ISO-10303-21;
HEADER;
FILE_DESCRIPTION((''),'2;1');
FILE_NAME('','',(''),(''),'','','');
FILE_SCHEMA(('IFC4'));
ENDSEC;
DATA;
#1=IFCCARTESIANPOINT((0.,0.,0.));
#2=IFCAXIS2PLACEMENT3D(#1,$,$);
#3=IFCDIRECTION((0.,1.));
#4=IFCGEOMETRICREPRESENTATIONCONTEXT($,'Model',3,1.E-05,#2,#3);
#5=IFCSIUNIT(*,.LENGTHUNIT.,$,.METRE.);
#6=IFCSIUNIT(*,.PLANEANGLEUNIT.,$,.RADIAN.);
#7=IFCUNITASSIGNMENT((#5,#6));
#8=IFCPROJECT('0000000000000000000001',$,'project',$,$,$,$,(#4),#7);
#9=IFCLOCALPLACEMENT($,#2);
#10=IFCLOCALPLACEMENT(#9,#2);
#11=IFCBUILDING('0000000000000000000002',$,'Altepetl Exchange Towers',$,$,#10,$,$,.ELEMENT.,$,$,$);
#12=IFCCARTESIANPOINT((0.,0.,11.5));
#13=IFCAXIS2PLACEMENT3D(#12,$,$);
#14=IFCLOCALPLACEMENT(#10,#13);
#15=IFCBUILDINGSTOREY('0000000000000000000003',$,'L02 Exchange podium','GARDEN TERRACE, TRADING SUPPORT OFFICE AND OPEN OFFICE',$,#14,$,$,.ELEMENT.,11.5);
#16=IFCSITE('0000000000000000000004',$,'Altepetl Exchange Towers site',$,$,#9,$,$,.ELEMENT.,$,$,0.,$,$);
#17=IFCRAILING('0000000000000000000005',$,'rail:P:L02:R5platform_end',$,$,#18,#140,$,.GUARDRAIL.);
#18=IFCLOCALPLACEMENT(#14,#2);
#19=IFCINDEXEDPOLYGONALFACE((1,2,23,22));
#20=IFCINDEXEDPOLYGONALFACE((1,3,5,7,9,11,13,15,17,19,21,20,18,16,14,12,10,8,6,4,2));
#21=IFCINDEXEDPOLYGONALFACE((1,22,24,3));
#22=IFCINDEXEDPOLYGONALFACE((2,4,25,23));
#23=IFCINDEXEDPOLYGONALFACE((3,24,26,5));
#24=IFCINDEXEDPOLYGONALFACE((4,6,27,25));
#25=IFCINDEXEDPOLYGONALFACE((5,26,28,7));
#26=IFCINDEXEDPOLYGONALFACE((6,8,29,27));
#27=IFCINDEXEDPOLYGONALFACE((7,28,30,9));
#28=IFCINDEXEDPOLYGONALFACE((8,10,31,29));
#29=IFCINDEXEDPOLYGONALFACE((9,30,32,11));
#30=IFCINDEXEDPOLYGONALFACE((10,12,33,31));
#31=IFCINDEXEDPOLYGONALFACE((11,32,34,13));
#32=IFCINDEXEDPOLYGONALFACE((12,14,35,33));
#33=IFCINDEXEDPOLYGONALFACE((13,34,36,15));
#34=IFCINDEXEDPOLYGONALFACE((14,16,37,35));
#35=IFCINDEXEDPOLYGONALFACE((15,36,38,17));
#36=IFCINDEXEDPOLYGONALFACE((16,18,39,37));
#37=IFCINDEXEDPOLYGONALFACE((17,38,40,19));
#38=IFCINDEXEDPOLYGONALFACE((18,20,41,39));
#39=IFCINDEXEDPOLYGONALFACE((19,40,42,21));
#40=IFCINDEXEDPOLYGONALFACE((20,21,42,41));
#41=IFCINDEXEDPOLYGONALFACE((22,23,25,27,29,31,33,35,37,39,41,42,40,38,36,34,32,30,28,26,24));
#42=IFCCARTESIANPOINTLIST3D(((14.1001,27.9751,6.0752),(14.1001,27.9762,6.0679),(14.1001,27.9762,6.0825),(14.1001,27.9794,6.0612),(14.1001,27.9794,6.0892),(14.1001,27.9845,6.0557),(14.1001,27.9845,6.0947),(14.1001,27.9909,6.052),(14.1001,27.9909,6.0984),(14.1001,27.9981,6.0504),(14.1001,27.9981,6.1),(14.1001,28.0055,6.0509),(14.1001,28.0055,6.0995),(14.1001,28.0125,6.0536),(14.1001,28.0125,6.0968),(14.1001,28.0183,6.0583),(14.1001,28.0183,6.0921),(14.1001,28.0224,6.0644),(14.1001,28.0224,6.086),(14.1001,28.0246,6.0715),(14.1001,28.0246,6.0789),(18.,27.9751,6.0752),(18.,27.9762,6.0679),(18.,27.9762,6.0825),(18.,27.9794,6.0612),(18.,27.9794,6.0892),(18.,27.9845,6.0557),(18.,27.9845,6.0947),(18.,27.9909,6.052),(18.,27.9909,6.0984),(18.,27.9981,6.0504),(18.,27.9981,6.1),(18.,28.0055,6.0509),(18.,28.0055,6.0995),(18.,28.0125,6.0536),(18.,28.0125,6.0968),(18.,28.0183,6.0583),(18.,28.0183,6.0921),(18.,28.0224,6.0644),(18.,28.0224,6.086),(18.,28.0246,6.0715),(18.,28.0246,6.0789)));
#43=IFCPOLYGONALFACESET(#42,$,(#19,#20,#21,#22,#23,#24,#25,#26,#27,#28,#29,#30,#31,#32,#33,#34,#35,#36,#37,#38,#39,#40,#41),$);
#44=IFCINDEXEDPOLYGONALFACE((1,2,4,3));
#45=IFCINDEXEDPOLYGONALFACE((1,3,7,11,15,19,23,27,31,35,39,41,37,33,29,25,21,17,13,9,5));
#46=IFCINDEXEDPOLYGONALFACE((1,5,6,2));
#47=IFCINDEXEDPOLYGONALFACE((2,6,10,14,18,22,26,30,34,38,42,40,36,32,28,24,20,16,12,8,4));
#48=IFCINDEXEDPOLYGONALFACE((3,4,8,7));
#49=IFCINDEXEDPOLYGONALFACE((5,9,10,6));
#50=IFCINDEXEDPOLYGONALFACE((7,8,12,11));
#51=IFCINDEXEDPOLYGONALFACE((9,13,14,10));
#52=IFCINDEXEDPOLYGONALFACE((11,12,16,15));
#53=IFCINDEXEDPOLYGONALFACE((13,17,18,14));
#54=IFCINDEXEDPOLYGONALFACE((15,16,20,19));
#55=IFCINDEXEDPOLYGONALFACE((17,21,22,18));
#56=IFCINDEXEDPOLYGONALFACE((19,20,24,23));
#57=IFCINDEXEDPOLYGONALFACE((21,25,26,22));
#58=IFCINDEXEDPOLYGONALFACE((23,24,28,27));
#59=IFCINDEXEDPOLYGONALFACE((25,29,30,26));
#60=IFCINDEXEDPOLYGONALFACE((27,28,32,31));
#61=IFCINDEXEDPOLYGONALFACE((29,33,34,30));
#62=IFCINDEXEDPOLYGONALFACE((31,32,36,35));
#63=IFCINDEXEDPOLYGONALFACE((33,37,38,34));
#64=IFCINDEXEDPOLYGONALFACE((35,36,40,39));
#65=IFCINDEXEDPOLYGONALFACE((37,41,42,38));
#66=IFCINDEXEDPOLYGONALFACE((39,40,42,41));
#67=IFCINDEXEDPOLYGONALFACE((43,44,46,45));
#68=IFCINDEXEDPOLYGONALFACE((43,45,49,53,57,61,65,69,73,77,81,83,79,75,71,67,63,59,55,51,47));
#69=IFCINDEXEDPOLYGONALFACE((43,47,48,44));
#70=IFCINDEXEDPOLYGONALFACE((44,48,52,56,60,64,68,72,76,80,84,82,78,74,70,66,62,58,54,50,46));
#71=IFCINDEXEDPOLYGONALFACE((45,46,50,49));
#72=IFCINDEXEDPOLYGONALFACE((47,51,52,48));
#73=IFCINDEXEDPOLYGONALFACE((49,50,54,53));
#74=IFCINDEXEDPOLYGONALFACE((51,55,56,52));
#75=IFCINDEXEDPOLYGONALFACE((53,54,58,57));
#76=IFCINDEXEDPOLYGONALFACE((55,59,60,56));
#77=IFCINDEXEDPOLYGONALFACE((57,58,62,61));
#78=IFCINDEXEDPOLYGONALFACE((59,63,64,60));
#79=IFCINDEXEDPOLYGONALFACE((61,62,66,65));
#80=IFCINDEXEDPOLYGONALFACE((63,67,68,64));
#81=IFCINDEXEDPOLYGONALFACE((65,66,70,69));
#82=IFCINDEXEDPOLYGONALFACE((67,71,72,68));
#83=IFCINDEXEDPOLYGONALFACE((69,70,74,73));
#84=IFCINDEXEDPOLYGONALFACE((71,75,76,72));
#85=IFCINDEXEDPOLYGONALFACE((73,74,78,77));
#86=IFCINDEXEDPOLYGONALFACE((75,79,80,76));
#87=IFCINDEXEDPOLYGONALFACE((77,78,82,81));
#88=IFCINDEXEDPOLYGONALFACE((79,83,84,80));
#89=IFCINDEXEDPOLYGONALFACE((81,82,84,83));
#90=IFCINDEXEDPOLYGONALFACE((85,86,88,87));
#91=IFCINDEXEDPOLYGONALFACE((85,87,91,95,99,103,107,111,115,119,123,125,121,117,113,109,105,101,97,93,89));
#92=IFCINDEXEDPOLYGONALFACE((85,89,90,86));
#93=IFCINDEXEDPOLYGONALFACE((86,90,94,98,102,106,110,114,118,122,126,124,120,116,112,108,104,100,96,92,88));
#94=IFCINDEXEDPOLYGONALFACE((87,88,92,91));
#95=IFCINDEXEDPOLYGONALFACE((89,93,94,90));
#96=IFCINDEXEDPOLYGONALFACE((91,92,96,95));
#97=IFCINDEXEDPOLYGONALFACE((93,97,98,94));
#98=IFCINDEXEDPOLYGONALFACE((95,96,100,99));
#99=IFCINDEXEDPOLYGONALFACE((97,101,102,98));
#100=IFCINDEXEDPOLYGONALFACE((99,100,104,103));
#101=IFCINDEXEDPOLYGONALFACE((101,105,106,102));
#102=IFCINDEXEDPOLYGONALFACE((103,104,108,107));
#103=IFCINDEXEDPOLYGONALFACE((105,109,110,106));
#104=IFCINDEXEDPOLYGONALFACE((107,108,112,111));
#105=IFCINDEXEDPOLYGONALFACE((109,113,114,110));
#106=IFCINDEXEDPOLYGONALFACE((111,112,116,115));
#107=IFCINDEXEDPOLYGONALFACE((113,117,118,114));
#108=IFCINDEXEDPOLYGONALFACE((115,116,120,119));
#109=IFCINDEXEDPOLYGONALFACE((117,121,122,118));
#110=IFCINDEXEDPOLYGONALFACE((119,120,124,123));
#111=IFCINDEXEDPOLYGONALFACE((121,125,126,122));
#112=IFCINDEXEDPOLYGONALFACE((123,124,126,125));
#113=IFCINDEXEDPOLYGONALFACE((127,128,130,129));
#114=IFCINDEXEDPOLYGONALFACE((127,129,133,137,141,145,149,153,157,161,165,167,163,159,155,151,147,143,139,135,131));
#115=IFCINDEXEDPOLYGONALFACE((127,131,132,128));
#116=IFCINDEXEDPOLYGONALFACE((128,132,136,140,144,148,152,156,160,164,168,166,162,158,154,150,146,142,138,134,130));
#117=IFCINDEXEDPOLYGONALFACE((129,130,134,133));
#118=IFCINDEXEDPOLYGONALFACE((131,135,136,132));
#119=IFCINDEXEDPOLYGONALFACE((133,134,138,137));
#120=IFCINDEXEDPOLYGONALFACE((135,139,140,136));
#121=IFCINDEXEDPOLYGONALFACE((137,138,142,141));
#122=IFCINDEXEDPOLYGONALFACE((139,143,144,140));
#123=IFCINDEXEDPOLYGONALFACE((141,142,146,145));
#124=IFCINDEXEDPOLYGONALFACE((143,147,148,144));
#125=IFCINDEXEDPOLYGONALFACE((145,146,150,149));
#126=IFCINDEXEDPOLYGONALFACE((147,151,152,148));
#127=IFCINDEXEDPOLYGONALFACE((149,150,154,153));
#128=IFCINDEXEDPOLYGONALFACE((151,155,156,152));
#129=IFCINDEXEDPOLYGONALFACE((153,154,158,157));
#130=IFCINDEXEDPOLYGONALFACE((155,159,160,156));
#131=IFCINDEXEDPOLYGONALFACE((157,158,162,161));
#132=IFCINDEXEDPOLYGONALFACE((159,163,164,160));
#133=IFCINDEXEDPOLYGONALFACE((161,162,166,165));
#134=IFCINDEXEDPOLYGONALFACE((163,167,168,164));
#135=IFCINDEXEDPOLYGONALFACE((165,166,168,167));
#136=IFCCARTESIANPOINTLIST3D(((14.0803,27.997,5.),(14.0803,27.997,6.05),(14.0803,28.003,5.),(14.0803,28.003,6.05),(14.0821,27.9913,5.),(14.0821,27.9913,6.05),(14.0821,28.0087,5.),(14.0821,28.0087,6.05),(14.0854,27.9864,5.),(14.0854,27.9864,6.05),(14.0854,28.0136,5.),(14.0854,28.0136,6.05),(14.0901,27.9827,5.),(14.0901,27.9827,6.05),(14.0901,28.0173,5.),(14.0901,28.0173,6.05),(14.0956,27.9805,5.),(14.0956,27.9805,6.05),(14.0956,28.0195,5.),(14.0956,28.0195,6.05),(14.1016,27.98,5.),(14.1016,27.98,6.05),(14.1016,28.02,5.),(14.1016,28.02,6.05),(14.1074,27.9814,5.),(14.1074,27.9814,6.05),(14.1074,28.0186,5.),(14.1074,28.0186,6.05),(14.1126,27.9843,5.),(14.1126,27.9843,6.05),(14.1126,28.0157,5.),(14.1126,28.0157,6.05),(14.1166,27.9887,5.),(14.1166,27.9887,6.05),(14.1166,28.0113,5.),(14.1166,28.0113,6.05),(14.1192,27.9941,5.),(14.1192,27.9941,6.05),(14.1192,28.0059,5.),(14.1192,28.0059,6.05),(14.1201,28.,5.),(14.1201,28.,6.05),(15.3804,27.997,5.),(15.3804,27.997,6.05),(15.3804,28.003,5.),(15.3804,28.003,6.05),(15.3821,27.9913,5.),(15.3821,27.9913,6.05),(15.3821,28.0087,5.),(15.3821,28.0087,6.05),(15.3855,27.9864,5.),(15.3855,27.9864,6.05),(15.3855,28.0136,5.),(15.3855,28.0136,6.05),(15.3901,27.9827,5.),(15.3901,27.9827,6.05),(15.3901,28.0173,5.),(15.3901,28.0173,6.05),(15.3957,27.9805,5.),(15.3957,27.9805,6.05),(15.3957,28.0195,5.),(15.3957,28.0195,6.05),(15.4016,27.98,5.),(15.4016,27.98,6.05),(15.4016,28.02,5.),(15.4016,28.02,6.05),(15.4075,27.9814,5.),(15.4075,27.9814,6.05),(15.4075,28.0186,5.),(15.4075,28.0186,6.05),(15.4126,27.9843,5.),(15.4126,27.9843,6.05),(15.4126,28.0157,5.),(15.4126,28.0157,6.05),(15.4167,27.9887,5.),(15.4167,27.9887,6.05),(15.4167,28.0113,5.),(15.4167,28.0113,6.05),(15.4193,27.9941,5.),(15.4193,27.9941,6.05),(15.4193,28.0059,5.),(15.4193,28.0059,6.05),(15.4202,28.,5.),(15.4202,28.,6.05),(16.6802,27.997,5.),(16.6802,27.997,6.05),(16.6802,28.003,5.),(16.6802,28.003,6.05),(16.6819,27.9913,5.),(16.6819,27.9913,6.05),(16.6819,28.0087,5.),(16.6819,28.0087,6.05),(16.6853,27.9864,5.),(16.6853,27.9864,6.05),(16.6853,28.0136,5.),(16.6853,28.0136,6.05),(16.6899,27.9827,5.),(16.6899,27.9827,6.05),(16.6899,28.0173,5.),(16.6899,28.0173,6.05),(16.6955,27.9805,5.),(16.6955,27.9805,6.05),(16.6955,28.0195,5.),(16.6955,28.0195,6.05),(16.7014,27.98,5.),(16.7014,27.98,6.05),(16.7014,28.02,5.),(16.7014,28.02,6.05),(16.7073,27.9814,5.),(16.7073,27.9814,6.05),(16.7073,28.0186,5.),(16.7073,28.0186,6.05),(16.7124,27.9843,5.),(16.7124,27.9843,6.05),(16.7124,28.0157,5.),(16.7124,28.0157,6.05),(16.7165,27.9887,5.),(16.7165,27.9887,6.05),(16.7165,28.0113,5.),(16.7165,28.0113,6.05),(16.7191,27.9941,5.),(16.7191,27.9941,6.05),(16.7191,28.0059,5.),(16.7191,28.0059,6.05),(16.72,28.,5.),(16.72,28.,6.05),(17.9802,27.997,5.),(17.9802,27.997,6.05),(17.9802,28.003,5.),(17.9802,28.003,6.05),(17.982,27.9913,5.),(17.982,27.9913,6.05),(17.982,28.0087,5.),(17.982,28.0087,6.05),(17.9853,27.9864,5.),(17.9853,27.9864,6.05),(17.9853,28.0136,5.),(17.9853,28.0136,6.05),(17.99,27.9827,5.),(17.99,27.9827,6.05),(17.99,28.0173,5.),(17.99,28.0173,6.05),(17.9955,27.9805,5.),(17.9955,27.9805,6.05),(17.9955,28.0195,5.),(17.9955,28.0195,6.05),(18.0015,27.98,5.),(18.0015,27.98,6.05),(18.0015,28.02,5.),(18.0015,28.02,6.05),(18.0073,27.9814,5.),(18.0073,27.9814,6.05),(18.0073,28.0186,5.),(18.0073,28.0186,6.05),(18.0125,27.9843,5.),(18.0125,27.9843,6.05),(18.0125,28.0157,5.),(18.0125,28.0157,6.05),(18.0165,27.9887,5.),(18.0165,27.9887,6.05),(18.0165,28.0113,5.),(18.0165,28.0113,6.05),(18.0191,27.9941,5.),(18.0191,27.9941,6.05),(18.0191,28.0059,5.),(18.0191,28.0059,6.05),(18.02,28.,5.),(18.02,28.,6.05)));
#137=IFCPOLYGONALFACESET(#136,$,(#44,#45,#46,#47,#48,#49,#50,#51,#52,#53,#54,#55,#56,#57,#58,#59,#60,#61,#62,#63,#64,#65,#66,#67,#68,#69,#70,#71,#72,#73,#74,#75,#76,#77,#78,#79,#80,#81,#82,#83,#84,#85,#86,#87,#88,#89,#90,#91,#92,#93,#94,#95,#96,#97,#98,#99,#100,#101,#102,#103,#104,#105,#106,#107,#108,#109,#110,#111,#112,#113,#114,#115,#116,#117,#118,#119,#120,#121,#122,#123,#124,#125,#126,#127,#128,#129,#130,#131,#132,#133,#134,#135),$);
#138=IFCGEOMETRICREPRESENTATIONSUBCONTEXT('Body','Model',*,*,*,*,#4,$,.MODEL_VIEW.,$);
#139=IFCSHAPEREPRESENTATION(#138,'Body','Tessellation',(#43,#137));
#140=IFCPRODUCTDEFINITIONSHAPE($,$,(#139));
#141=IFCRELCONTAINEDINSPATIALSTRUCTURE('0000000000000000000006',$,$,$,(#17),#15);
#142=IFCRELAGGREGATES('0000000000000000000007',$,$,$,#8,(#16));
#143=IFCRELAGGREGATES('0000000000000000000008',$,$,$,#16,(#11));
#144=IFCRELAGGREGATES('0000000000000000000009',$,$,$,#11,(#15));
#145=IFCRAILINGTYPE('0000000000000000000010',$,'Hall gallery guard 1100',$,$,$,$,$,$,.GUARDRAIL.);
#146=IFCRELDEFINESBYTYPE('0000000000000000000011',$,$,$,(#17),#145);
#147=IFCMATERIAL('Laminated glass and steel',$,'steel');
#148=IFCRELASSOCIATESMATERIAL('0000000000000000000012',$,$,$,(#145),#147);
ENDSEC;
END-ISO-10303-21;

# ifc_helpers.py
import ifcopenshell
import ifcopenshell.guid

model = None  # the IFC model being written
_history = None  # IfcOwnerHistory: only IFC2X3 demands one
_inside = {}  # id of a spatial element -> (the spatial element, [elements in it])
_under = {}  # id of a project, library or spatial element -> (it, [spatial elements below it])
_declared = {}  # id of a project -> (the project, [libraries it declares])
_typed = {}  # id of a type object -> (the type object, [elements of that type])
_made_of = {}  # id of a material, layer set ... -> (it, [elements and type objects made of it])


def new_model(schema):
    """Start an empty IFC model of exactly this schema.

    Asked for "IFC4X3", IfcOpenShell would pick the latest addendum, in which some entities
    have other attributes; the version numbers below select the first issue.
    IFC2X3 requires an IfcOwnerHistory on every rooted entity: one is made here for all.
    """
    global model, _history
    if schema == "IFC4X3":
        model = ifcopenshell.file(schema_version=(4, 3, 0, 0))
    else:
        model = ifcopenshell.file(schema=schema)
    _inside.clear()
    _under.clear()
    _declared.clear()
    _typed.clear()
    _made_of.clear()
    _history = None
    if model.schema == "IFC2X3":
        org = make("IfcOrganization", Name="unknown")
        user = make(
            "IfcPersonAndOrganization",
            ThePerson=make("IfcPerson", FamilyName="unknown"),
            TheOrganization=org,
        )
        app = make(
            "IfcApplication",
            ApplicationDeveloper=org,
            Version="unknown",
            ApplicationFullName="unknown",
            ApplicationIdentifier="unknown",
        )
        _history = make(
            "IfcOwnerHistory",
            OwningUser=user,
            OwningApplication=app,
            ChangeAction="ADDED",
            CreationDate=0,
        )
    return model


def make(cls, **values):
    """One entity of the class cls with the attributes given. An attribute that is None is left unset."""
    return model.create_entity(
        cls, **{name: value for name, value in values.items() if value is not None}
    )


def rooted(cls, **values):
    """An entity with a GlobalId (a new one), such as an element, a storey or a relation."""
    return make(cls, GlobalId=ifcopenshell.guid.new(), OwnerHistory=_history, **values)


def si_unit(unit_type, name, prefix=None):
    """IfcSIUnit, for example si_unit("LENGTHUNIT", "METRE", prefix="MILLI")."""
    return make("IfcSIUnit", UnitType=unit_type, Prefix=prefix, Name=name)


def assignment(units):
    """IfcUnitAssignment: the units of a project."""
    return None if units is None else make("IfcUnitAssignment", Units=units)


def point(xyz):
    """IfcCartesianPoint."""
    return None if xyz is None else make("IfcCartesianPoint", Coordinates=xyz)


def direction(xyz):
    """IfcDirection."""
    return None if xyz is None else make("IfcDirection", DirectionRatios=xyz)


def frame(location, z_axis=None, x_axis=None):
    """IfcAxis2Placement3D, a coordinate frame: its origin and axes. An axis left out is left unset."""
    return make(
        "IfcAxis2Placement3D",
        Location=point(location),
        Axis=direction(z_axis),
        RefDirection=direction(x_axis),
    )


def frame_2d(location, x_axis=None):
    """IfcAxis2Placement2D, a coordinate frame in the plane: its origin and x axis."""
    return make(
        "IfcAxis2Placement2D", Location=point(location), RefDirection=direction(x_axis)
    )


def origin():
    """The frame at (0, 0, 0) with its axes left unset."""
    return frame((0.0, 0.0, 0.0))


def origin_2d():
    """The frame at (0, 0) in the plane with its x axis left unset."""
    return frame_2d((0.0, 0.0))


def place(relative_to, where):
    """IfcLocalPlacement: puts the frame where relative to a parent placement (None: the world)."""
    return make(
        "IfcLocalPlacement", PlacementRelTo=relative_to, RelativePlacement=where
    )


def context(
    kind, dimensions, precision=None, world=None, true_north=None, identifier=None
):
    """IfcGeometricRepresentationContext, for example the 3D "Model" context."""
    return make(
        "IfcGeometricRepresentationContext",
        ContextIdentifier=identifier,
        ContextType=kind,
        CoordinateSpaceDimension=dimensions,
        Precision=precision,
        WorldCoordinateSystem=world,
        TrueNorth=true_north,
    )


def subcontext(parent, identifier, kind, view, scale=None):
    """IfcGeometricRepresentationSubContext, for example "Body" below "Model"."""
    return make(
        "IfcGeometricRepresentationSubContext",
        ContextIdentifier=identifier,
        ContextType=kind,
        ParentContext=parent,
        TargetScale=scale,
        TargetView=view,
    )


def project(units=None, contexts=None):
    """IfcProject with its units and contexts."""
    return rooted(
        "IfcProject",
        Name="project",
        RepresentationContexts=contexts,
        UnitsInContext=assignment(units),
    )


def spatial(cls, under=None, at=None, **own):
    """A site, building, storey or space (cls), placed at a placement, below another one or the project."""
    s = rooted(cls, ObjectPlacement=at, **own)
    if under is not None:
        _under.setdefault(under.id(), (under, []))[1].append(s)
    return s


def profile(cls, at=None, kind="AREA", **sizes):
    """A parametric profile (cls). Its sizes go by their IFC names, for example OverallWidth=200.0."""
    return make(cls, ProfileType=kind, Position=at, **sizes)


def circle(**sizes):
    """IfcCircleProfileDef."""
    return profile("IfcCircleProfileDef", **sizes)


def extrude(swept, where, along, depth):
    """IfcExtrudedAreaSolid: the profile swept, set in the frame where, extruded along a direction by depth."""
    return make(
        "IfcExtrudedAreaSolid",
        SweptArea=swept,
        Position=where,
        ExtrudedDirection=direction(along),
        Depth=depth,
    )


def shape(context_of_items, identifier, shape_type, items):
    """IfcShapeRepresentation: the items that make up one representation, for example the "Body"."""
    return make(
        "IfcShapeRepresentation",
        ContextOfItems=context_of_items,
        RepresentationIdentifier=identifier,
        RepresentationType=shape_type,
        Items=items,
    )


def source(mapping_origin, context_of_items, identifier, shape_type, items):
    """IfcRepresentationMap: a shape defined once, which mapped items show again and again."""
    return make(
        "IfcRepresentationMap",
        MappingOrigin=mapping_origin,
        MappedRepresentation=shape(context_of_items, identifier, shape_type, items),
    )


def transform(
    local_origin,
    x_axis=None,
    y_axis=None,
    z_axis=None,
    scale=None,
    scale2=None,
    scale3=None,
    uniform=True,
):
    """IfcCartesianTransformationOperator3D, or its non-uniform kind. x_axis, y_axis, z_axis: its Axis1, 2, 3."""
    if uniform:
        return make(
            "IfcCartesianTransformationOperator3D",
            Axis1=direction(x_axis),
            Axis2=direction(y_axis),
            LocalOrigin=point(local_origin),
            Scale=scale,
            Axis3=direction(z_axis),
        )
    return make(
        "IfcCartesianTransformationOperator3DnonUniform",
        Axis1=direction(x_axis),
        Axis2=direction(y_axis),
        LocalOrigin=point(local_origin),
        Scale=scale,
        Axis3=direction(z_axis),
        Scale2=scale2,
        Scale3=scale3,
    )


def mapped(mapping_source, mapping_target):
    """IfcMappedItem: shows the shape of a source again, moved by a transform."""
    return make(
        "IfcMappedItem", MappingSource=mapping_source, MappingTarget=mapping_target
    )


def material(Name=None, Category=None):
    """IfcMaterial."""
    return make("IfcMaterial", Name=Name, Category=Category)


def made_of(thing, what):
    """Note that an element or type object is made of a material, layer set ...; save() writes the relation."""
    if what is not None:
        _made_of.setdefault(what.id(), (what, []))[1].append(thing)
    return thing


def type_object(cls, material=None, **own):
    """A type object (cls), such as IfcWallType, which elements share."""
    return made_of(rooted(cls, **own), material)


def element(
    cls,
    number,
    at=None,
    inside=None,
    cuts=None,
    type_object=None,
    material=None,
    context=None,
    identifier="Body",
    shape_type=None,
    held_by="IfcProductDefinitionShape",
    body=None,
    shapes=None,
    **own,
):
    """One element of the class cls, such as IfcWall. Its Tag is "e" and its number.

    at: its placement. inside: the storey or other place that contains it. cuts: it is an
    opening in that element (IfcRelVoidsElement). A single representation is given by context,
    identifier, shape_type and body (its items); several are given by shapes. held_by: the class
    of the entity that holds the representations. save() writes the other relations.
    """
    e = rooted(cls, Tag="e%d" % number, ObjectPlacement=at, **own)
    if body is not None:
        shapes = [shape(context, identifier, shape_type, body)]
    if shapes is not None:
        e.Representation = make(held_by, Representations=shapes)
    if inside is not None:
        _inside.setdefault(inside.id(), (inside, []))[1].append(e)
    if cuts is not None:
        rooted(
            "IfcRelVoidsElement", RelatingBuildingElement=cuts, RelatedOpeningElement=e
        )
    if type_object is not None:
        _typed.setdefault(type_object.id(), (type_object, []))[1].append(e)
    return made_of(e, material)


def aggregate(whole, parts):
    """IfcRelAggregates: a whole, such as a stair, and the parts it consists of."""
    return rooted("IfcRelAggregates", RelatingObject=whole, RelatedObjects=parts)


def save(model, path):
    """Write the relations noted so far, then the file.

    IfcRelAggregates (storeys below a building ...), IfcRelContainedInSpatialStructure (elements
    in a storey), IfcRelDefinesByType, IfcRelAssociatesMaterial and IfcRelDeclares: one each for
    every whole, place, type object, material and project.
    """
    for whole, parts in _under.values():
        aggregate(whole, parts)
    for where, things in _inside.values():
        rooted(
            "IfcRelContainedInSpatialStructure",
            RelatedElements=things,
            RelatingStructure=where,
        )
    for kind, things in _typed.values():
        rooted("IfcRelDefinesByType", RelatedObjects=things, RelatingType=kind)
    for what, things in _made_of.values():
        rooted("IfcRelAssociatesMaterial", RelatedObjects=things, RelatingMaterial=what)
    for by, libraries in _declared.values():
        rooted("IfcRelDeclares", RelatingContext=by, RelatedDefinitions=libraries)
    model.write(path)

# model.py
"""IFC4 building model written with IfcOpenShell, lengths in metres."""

from ifc_helpers import new_model, si_unit, direction, frame, origin, origin_2d, place, context, subcontext, project, spatial, circle, extrude, source, transform, mapped, material, type_object, element, save


model = new_model("IFC4")

# Units and contexts
model_context = context("Model", 3, precision=1e-05, world=origin(), true_north=direction((0.0, 1.0)))
body_context = subcontext(model_context, "Body", "Model", "MODEL_VIEW")
ifc_project = project(units=[si_unit("LENGTHUNIT", "METRE"), si_unit("PLANEANGLEUNIT", "RADIAN")], contexts=[model_context])

# Site, building, storey
site_placement = place(None, origin())
site = spatial("IfcSite", under=ifc_project, at=site_placement, Name="Altepetl Exchange Towers site", CompositionType="ELEMENT", RefElevation=0.0)
building_placement = place(site_placement, origin())
building = spatial("IfcBuilding", under=site, at=building_placement, Name="Altepetl Exchange Towers", CompositionType="ELEMENT")
storey_placement = place(building_placement, frame((0.0, 0.0, 11.5)))
storey = spatial("IfcBuildingStorey", under=building, at=storey_placement, Name="L02 Exchange podium", Description="GARDEN TERRACE, TRADING SUPPORT OFFICE AND OPEN OFFICE", CompositionType="ELEMENT", Elevation=11.5)

# Railing
ifc_material_1 = material(Name="Laminated glass and steel", Category="steel")
railing_type = type_object("IfcRailingType", Name="Hall gallery guard 1100", PredefinedType="GUARDRAIL", material=ifc_material_1)
shared_shape = source(origin(), body_context, "Body", "SweptSolid", [
    extrude(circle(Radius=0.02, at=origin_2d()), origin(), (0.0, 0.0, 1.0), 1.05),
])
railing_1_placement = place(storey_placement, frame((18.0, 28.0, 5.0)))
element("IfcRailing", 1, at=railing_1_placement, inside=storey, type_object=railing_type, Name="rail:P:L02:R5platform_end", PredefinedType="GUARDRAIL", context=body_context, shape_type="SweptSolid", body=[
    extrude(circle(Radius=0.0249, at=origin_2d()), frame((0.0, 0.0, 1.0752), z_axis=(-1.0, 0.0, 0.0), x_axis=(0.0, -1.0, 0.0)), (0.0, 0.0, 1.0), 3.8999),
    mapped(shared_shape, transform((0.0, 0.0, 0.0))),
    mapped(shared_shape, transform((-1.3, 0.0, 0.0))),
    mapped(shared_shape, transform((-2.5999, 0.0, 0.0))),
    mapped(shared_shape, transform((-3.8999, 0.0, 0.0))),
])

save(model, "model.ifc")
